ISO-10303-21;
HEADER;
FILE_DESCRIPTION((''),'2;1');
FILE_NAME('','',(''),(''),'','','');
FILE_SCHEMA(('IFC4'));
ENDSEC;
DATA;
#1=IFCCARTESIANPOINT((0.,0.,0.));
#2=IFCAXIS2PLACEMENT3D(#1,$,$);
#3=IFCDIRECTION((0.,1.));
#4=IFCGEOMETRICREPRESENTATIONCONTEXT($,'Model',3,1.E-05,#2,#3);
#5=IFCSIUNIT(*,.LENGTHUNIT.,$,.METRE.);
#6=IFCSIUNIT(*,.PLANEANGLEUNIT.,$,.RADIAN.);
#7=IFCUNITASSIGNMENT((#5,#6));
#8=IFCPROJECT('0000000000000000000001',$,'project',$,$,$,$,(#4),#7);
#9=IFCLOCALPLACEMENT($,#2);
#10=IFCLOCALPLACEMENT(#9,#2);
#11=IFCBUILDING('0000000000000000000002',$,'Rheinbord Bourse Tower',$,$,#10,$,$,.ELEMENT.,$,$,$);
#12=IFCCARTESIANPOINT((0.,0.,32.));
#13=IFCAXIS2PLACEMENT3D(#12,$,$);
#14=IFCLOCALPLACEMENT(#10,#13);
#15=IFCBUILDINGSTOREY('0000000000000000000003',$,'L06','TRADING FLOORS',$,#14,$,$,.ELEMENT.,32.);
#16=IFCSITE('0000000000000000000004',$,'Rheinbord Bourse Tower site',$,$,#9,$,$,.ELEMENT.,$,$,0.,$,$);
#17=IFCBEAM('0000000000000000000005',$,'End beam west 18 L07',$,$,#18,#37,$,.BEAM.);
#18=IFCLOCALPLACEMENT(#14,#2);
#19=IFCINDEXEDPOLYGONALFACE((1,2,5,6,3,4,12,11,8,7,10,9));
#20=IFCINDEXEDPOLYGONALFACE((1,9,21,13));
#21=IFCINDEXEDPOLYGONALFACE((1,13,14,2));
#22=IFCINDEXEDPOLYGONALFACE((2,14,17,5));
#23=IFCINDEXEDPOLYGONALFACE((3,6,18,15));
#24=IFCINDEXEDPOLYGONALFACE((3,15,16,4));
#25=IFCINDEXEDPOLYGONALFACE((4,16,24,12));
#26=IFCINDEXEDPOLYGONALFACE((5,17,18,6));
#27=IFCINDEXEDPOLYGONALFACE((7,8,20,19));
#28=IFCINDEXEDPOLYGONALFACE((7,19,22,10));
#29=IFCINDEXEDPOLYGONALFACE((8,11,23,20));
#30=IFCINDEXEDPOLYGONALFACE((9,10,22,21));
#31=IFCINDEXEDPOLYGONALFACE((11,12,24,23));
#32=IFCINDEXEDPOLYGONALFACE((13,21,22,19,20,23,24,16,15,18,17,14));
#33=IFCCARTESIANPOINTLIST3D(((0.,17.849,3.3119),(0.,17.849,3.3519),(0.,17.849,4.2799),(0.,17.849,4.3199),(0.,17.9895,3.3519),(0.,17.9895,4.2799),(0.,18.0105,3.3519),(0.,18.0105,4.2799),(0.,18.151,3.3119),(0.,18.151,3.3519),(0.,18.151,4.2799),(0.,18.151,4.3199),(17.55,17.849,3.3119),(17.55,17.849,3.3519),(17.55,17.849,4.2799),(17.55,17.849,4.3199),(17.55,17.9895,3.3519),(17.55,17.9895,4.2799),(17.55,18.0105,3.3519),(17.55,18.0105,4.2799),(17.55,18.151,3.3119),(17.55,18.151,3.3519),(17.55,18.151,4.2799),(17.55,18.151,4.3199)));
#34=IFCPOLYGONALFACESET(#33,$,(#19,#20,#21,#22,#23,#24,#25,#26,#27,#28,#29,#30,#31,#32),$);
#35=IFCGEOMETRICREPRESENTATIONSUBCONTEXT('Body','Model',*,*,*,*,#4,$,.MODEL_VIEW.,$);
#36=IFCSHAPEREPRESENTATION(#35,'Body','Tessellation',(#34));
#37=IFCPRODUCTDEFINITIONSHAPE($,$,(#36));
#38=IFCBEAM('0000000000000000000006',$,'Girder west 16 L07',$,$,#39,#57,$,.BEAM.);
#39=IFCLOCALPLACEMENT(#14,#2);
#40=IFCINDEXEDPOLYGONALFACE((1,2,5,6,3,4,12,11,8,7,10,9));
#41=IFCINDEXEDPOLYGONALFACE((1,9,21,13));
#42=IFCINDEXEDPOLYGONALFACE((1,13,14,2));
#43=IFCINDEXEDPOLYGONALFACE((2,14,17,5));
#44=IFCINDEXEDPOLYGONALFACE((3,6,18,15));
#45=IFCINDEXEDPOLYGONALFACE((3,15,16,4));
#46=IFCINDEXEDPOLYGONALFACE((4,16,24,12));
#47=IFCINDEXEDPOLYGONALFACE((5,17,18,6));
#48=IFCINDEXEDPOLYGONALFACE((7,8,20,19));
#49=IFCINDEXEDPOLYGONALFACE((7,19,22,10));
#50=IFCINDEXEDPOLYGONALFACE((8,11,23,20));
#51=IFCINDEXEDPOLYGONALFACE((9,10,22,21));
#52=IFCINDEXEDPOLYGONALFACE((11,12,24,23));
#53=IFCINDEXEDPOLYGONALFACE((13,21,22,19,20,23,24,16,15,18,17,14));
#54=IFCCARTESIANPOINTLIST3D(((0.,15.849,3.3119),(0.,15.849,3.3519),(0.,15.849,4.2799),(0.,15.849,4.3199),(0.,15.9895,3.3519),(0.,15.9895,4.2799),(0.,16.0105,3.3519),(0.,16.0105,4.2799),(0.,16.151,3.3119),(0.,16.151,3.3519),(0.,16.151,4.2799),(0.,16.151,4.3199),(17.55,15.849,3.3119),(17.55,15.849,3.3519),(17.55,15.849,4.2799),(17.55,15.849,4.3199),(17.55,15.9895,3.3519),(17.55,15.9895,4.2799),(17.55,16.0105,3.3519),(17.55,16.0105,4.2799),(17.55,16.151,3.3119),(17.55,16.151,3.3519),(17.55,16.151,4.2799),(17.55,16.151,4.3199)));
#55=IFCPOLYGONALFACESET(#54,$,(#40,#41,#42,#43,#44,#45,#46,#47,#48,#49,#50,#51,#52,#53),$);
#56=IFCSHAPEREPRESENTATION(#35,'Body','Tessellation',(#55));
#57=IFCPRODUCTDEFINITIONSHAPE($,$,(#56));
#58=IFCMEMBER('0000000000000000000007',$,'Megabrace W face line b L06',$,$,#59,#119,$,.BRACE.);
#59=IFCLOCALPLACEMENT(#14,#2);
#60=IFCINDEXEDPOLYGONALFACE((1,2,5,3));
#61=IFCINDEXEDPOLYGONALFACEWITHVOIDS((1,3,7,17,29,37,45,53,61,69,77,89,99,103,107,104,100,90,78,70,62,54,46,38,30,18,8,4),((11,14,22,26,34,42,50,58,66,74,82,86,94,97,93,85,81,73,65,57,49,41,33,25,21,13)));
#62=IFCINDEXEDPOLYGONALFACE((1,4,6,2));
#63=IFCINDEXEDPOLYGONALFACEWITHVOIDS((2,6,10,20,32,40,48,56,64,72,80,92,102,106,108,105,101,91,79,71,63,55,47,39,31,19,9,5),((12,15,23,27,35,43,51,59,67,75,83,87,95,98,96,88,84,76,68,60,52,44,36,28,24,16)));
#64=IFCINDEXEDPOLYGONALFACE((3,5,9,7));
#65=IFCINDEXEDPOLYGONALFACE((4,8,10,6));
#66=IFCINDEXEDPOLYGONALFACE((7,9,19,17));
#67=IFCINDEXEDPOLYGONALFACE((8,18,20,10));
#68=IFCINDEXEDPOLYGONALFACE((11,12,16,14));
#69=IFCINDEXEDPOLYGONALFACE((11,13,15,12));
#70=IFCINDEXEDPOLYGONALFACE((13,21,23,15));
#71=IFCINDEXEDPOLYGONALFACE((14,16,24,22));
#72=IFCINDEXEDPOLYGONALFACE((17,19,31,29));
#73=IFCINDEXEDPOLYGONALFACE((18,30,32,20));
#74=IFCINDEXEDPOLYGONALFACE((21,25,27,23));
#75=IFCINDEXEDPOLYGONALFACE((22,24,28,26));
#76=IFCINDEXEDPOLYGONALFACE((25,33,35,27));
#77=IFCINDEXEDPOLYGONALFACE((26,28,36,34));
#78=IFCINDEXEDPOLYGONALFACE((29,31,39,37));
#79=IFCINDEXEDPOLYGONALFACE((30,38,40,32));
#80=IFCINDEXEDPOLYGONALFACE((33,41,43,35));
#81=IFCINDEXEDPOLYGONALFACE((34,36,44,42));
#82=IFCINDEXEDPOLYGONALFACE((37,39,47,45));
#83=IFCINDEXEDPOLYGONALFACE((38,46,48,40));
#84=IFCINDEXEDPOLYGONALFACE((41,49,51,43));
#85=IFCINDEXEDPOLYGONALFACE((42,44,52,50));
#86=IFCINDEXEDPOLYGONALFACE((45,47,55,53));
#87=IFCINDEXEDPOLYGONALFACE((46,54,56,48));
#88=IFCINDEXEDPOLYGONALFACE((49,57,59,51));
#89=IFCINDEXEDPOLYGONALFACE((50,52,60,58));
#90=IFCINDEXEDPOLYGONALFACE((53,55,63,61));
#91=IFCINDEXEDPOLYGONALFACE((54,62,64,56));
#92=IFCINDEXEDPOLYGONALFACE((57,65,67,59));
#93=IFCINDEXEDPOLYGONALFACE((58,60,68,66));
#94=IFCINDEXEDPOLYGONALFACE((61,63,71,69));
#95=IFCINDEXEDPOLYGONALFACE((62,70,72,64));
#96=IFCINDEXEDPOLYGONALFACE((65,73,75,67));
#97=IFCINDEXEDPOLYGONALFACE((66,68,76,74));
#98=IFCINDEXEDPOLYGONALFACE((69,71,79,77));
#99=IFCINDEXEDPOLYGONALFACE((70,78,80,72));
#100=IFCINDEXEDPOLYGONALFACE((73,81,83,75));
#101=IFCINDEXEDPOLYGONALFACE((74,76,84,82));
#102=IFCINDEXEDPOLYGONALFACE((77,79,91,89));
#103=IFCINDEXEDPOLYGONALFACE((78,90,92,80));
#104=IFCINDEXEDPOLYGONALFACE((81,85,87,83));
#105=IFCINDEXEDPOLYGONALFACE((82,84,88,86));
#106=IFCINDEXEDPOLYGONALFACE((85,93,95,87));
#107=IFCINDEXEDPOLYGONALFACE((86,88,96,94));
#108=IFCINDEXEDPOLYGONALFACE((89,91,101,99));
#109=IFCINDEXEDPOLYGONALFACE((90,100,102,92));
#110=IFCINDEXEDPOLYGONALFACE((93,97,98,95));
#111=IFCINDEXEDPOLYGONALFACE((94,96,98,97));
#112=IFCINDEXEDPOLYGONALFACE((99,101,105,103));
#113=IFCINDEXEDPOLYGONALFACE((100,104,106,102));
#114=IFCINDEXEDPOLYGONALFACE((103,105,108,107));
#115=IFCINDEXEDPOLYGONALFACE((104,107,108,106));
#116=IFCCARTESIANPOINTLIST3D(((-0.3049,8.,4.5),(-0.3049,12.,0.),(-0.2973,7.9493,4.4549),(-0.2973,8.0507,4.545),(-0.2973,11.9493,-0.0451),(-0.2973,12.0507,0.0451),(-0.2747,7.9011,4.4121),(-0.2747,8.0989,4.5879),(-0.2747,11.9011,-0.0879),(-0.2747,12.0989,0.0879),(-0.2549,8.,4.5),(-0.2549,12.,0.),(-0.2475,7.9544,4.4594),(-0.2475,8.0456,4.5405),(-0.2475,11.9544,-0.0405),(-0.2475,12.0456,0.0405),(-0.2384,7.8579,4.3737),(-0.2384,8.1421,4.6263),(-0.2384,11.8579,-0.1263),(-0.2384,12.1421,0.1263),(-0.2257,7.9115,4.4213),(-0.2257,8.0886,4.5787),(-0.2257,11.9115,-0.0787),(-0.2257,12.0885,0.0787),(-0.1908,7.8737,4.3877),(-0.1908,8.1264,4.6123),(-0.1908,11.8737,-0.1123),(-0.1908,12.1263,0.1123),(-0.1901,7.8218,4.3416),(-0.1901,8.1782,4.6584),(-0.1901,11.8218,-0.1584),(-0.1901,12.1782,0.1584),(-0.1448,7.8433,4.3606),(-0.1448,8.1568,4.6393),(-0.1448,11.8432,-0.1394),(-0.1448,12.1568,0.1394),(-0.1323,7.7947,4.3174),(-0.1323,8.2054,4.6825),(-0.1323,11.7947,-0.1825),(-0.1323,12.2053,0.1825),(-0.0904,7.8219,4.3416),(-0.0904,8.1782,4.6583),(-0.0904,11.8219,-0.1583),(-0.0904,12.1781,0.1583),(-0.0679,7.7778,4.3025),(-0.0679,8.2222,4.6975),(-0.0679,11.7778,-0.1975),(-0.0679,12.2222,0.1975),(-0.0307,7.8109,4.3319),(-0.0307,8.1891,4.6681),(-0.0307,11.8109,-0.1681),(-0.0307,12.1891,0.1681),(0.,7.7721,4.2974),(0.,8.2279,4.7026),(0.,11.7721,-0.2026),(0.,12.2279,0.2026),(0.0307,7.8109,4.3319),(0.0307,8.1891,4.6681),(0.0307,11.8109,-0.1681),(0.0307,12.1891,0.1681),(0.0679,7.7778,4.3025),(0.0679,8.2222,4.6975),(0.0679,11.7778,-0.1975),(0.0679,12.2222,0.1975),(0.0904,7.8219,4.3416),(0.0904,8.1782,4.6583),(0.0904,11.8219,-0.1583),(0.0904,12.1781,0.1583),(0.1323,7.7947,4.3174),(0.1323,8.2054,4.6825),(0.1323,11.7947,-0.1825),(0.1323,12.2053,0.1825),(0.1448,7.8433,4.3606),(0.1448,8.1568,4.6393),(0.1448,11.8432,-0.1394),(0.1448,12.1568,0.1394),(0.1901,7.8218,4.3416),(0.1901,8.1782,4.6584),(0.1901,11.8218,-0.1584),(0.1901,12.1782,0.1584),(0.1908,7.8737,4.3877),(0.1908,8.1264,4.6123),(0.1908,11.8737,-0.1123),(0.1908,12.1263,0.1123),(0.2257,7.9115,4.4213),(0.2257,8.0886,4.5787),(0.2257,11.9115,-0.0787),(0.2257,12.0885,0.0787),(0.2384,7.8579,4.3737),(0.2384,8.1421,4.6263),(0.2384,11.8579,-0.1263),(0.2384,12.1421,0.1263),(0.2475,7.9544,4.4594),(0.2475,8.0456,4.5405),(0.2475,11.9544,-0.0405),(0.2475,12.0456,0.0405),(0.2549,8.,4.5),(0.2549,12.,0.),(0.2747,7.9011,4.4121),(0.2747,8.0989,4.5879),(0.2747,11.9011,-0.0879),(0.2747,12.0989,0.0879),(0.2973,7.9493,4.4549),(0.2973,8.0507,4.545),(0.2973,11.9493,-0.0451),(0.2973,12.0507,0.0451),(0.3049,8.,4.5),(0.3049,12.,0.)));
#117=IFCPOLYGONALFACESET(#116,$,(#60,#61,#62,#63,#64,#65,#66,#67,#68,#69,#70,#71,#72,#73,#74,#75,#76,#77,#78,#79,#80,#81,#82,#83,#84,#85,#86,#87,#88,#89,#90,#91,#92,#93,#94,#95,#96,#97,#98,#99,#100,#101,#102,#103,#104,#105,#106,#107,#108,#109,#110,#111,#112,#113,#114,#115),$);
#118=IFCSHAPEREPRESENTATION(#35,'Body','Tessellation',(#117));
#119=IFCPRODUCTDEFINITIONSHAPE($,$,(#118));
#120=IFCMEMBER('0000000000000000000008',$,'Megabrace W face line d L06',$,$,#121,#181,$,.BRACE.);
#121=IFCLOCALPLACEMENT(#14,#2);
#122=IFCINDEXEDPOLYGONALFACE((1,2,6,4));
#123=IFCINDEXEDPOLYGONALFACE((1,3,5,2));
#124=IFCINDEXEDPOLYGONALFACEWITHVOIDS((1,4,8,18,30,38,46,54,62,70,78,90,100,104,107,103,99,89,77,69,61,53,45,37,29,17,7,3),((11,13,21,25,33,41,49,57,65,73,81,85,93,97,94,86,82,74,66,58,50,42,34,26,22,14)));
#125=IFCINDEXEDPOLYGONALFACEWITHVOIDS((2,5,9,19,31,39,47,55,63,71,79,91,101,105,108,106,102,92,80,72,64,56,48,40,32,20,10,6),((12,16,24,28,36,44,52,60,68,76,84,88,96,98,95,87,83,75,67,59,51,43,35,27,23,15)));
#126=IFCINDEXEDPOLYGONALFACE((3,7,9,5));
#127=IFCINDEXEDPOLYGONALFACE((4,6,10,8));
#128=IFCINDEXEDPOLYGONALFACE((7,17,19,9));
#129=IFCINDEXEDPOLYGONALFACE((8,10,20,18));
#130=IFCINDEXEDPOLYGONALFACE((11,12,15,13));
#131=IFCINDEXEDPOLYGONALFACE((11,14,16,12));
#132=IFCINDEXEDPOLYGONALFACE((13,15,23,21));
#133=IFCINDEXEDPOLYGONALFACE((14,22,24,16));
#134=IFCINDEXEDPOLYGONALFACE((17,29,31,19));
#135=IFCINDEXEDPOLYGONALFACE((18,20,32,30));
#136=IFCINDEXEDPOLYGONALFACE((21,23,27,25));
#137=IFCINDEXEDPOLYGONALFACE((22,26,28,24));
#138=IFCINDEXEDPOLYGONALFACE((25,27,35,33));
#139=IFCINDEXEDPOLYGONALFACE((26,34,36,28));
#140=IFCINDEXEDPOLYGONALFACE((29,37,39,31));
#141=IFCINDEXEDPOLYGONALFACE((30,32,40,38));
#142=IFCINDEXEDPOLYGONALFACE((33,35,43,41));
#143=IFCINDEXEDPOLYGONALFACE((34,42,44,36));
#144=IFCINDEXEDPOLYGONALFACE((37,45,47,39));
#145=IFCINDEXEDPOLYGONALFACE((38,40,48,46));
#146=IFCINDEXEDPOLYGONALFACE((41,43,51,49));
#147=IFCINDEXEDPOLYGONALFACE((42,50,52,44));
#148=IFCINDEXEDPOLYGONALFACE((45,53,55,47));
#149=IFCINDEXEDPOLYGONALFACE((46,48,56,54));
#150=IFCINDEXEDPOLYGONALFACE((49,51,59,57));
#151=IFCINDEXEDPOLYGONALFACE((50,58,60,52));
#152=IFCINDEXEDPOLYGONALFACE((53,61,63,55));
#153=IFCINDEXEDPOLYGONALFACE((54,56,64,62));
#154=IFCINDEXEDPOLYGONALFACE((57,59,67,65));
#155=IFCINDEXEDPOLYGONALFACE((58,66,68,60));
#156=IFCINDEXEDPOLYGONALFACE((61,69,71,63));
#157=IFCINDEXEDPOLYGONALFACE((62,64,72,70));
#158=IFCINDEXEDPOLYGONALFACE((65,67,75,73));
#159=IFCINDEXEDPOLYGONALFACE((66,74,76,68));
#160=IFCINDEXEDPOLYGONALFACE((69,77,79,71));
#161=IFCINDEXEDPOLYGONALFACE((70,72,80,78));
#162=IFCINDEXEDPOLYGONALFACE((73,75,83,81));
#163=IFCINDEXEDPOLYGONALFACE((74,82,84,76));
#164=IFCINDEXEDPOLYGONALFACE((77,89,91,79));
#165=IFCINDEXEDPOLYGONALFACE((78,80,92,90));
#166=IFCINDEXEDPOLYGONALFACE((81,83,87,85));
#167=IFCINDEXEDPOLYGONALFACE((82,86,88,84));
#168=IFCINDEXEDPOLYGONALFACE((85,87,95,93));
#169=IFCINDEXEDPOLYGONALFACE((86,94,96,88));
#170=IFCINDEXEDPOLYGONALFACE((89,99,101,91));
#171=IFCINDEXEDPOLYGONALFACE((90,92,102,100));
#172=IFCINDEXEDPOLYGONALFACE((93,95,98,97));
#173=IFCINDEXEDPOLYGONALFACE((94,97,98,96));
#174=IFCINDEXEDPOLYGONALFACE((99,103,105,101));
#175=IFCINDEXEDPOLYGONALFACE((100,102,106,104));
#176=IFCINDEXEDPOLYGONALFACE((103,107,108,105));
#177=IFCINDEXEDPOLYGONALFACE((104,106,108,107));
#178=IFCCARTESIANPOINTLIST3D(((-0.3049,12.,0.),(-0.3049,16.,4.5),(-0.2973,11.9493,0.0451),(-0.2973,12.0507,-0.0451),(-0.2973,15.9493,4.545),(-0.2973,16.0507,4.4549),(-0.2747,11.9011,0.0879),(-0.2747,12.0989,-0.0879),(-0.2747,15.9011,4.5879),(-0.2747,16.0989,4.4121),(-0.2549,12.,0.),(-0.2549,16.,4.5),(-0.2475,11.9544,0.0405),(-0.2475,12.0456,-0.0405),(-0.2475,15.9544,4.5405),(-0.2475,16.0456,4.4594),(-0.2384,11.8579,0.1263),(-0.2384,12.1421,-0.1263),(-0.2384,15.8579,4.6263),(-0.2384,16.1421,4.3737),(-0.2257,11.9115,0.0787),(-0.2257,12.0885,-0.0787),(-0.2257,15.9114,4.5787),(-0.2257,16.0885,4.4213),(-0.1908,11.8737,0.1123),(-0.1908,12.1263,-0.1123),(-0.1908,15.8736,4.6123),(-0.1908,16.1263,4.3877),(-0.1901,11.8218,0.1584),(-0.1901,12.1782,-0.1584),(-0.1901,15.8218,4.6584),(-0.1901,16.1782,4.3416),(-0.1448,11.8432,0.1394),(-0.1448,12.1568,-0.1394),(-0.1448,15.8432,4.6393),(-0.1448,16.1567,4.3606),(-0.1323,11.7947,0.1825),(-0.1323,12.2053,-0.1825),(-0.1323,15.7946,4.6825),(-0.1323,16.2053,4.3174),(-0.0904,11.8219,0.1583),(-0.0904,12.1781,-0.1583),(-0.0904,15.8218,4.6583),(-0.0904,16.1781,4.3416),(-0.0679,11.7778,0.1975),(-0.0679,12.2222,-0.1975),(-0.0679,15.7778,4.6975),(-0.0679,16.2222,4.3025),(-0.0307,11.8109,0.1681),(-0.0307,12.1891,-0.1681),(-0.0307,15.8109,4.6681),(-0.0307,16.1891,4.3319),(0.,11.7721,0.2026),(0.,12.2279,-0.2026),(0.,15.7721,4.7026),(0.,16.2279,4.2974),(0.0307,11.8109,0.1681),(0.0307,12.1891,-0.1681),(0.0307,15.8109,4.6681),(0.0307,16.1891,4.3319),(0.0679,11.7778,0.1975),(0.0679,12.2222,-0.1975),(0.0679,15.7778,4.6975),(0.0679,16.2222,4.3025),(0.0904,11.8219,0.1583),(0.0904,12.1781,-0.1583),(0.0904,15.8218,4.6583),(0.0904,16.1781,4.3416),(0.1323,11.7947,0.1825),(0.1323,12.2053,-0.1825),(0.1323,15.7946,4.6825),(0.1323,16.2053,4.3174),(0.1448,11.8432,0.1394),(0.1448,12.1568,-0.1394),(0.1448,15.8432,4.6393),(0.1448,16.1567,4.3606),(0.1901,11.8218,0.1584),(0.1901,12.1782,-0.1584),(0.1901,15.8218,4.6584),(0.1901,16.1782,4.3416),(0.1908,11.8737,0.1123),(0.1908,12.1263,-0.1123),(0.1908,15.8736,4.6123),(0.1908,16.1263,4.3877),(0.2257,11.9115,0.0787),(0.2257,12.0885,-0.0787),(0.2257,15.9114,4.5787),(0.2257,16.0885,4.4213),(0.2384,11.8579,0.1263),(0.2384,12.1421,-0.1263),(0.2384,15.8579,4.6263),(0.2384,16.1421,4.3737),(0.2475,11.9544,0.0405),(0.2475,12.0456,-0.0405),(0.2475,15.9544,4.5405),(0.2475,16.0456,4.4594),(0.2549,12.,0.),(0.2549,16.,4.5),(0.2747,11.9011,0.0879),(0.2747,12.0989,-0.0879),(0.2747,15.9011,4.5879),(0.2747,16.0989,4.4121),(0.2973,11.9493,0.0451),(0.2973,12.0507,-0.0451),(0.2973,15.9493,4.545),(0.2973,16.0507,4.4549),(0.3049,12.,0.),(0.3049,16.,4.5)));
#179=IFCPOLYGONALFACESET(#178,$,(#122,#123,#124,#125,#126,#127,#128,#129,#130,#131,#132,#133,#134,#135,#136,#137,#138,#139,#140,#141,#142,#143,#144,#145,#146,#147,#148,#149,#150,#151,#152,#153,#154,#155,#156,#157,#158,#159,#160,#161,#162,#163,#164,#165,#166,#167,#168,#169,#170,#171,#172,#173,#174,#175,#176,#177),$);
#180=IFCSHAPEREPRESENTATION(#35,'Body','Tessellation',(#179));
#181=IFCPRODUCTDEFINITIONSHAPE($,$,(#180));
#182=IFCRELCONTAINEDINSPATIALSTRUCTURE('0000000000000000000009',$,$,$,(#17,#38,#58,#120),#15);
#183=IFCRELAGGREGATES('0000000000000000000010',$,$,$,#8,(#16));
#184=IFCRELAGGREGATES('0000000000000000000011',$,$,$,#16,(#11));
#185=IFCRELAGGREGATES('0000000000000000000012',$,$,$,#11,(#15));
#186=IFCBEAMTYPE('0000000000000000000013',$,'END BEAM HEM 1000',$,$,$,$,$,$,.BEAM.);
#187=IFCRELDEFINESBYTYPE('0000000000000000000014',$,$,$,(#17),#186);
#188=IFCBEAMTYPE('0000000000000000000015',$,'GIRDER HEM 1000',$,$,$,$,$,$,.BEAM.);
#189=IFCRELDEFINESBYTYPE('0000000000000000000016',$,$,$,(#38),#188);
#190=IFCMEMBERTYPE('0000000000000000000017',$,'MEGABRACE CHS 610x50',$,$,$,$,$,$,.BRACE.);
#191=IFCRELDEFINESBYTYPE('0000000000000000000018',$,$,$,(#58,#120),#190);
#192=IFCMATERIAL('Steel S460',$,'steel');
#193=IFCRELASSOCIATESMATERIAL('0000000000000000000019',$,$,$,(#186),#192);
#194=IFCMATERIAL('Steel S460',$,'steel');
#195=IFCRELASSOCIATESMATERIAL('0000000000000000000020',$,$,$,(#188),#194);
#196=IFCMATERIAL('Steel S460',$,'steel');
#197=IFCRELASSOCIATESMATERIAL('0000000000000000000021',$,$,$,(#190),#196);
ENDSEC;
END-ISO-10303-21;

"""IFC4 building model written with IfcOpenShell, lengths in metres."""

from ifc_helpers import new_model, si_unit, direction, frame, origin, origin_2d, place, context, subcontext, project, spatial, hollow_circle, i_section, extrude, material, material_profile, profile_set, type_object, element, save


model = new_model("IFC4")

# Units and contexts
model_context = context("Model", 3, precision=1e-05, world=origin(), true_north=direction((0.0, 1.0)))
body_context = subcontext(model_context, "Body", "Model", "MODEL_VIEW")
ifc_project = project(units=[si_unit("LENGTHUNIT", "METRE"), si_unit("PLANEANGLEUNIT", "RADIAN")], contexts=[model_context])

# Site, building, storey
site_placement = place(None, origin())
site = spatial("IfcSite", under=ifc_project, at=site_placement, Name="Rheinbord Bourse Tower site", CompositionType="ELEMENT", RefElevation=0.0)
building_placement = place(site_placement, origin())
building = spatial("IfcBuilding", under=site, at=building_placement, Name="Rheinbord Bourse Tower", CompositionType="ELEMENT")
storey_placement = place(building_placement, frame((0.0, 0.0, 32.0)))
storey = spatial("IfcBuildingStorey", under=building, at=storey_placement, Name="L06", Description="TRADING FLOORS", CompositionType="ELEMENT", Elevation=32.0)

# Beams
ifc_material_1 = material(Name="Steel S460", Category="steel")
ifc_material_profile_1 = material_profile(ifc_material_1, i_section(OverallWidth=0.302, OverallDepth=1.0081, WebThickness=0.021, FlangeThickness=0.04, at=origin_2d()), Name="HEM 1000")
ifc_profile_set_1 = profile_set([ifc_material_profile_1], Name="Steel S460")
beam_type_1 = type_object("IfcBeamType", Name="END BEAM HEM 1000", PredefinedType="BEAM", material=ifc_profile_set_1)
beam_1_placement = place(storey_placement, frame((0.0, 18.0, 3.8159), z_axis=(1.0, 0.0, 0.0), x_axis=(0.0, 1.0, 0.0)))
element("IfcBeam", 1, at=beam_1_placement, inside=storey, type_object=beam_type_1, Name="End beam west 18 L07", PredefinedType="BEAM", context=body_context, shape_type="SweptSolid", body=[
    extrude(i_section(OverallWidth=0.302, OverallDepth=1.0081, WebThickness=0.021, FlangeThickness=0.04, at=origin_2d()), origin(), (0.0, 0.0, 1.0), 17.55),
])
ifc_material_2 = material(Name="Steel S460", Category="steel")
ifc_material_profile_2 = material_profile(ifc_material_2, i_section(OverallWidth=0.302, OverallDepth=1.0081, WebThickness=0.021, FlangeThickness=0.04, at=origin_2d()), Name="HEM 1000")
ifc_profile_set_2 = profile_set([ifc_material_profile_2], Name="Steel S460")
beam_type_2 = type_object("IfcBeamType", Name="GIRDER HEM 1000", PredefinedType="BEAM", material=ifc_profile_set_2)
beam_2_placement = place(storey_placement, frame((0.0, 16.0, 3.8159), z_axis=(1.0, 0.0, 0.0), x_axis=(0.0, 1.0, 0.0)))
element("IfcBeam", 2, at=beam_2_placement, inside=storey, type_object=beam_type_2, Name="Girder west 16 L07", PredefinedType="BEAM", context=body_context, shape_type="SweptSolid", body=[
    extrude(i_section(OverallWidth=0.302, OverallDepth=1.0081, WebThickness=0.021, FlangeThickness=0.04, at=origin_2d()), origin(), (0.0, 0.0, 1.0), 17.55),
])

# Members
ifc_material_3 = material(Name="Steel S460", Category="steel")
ifc_material_profile_3 = material_profile(ifc_material_3, hollow_circle(Radius=0.3049, WallThickness=0.05, at=origin_2d()), Name="CHS 610x50")
ifc_profile_set_3 = profile_set([ifc_material_profile_3], Name="Steel S460")
member_type_1 = type_object("IfcMemberType", Name="MEGABRACE CHS 610x50", PredefinedType="BRACE", material=ifc_profile_set_3)
for number, where, z_axis, x_axis, name in (
    (3, (0.0, 12.0, 0.0), (0.0, -0.664364, 0.747409), (1.0, 0.0, 0.0), "Megabrace W face line b L06"),
    (4, (0.0, 12.0, 0.0), (0.0, 0.664364, 0.747409), (-1.0, 0.0, 0.0), "Megabrace W face line d L06"),
):
    element("IfcMember", number, at=place(storey_placement, frame(where, z_axis=z_axis, x_axis=x_axis)), inside=storey, type_object=member_type_1, Name=name, PredefinedType="BRACE", context=body_context, shape_type="SweptSolid", body=[
        extrude(hollow_circle(Radius=0.3049, WallThickness=0.05, at=origin_2d()), origin(), (0.0, 0.0, 1.0), 6.0208),
    ])

save(model, "model.ifc")
